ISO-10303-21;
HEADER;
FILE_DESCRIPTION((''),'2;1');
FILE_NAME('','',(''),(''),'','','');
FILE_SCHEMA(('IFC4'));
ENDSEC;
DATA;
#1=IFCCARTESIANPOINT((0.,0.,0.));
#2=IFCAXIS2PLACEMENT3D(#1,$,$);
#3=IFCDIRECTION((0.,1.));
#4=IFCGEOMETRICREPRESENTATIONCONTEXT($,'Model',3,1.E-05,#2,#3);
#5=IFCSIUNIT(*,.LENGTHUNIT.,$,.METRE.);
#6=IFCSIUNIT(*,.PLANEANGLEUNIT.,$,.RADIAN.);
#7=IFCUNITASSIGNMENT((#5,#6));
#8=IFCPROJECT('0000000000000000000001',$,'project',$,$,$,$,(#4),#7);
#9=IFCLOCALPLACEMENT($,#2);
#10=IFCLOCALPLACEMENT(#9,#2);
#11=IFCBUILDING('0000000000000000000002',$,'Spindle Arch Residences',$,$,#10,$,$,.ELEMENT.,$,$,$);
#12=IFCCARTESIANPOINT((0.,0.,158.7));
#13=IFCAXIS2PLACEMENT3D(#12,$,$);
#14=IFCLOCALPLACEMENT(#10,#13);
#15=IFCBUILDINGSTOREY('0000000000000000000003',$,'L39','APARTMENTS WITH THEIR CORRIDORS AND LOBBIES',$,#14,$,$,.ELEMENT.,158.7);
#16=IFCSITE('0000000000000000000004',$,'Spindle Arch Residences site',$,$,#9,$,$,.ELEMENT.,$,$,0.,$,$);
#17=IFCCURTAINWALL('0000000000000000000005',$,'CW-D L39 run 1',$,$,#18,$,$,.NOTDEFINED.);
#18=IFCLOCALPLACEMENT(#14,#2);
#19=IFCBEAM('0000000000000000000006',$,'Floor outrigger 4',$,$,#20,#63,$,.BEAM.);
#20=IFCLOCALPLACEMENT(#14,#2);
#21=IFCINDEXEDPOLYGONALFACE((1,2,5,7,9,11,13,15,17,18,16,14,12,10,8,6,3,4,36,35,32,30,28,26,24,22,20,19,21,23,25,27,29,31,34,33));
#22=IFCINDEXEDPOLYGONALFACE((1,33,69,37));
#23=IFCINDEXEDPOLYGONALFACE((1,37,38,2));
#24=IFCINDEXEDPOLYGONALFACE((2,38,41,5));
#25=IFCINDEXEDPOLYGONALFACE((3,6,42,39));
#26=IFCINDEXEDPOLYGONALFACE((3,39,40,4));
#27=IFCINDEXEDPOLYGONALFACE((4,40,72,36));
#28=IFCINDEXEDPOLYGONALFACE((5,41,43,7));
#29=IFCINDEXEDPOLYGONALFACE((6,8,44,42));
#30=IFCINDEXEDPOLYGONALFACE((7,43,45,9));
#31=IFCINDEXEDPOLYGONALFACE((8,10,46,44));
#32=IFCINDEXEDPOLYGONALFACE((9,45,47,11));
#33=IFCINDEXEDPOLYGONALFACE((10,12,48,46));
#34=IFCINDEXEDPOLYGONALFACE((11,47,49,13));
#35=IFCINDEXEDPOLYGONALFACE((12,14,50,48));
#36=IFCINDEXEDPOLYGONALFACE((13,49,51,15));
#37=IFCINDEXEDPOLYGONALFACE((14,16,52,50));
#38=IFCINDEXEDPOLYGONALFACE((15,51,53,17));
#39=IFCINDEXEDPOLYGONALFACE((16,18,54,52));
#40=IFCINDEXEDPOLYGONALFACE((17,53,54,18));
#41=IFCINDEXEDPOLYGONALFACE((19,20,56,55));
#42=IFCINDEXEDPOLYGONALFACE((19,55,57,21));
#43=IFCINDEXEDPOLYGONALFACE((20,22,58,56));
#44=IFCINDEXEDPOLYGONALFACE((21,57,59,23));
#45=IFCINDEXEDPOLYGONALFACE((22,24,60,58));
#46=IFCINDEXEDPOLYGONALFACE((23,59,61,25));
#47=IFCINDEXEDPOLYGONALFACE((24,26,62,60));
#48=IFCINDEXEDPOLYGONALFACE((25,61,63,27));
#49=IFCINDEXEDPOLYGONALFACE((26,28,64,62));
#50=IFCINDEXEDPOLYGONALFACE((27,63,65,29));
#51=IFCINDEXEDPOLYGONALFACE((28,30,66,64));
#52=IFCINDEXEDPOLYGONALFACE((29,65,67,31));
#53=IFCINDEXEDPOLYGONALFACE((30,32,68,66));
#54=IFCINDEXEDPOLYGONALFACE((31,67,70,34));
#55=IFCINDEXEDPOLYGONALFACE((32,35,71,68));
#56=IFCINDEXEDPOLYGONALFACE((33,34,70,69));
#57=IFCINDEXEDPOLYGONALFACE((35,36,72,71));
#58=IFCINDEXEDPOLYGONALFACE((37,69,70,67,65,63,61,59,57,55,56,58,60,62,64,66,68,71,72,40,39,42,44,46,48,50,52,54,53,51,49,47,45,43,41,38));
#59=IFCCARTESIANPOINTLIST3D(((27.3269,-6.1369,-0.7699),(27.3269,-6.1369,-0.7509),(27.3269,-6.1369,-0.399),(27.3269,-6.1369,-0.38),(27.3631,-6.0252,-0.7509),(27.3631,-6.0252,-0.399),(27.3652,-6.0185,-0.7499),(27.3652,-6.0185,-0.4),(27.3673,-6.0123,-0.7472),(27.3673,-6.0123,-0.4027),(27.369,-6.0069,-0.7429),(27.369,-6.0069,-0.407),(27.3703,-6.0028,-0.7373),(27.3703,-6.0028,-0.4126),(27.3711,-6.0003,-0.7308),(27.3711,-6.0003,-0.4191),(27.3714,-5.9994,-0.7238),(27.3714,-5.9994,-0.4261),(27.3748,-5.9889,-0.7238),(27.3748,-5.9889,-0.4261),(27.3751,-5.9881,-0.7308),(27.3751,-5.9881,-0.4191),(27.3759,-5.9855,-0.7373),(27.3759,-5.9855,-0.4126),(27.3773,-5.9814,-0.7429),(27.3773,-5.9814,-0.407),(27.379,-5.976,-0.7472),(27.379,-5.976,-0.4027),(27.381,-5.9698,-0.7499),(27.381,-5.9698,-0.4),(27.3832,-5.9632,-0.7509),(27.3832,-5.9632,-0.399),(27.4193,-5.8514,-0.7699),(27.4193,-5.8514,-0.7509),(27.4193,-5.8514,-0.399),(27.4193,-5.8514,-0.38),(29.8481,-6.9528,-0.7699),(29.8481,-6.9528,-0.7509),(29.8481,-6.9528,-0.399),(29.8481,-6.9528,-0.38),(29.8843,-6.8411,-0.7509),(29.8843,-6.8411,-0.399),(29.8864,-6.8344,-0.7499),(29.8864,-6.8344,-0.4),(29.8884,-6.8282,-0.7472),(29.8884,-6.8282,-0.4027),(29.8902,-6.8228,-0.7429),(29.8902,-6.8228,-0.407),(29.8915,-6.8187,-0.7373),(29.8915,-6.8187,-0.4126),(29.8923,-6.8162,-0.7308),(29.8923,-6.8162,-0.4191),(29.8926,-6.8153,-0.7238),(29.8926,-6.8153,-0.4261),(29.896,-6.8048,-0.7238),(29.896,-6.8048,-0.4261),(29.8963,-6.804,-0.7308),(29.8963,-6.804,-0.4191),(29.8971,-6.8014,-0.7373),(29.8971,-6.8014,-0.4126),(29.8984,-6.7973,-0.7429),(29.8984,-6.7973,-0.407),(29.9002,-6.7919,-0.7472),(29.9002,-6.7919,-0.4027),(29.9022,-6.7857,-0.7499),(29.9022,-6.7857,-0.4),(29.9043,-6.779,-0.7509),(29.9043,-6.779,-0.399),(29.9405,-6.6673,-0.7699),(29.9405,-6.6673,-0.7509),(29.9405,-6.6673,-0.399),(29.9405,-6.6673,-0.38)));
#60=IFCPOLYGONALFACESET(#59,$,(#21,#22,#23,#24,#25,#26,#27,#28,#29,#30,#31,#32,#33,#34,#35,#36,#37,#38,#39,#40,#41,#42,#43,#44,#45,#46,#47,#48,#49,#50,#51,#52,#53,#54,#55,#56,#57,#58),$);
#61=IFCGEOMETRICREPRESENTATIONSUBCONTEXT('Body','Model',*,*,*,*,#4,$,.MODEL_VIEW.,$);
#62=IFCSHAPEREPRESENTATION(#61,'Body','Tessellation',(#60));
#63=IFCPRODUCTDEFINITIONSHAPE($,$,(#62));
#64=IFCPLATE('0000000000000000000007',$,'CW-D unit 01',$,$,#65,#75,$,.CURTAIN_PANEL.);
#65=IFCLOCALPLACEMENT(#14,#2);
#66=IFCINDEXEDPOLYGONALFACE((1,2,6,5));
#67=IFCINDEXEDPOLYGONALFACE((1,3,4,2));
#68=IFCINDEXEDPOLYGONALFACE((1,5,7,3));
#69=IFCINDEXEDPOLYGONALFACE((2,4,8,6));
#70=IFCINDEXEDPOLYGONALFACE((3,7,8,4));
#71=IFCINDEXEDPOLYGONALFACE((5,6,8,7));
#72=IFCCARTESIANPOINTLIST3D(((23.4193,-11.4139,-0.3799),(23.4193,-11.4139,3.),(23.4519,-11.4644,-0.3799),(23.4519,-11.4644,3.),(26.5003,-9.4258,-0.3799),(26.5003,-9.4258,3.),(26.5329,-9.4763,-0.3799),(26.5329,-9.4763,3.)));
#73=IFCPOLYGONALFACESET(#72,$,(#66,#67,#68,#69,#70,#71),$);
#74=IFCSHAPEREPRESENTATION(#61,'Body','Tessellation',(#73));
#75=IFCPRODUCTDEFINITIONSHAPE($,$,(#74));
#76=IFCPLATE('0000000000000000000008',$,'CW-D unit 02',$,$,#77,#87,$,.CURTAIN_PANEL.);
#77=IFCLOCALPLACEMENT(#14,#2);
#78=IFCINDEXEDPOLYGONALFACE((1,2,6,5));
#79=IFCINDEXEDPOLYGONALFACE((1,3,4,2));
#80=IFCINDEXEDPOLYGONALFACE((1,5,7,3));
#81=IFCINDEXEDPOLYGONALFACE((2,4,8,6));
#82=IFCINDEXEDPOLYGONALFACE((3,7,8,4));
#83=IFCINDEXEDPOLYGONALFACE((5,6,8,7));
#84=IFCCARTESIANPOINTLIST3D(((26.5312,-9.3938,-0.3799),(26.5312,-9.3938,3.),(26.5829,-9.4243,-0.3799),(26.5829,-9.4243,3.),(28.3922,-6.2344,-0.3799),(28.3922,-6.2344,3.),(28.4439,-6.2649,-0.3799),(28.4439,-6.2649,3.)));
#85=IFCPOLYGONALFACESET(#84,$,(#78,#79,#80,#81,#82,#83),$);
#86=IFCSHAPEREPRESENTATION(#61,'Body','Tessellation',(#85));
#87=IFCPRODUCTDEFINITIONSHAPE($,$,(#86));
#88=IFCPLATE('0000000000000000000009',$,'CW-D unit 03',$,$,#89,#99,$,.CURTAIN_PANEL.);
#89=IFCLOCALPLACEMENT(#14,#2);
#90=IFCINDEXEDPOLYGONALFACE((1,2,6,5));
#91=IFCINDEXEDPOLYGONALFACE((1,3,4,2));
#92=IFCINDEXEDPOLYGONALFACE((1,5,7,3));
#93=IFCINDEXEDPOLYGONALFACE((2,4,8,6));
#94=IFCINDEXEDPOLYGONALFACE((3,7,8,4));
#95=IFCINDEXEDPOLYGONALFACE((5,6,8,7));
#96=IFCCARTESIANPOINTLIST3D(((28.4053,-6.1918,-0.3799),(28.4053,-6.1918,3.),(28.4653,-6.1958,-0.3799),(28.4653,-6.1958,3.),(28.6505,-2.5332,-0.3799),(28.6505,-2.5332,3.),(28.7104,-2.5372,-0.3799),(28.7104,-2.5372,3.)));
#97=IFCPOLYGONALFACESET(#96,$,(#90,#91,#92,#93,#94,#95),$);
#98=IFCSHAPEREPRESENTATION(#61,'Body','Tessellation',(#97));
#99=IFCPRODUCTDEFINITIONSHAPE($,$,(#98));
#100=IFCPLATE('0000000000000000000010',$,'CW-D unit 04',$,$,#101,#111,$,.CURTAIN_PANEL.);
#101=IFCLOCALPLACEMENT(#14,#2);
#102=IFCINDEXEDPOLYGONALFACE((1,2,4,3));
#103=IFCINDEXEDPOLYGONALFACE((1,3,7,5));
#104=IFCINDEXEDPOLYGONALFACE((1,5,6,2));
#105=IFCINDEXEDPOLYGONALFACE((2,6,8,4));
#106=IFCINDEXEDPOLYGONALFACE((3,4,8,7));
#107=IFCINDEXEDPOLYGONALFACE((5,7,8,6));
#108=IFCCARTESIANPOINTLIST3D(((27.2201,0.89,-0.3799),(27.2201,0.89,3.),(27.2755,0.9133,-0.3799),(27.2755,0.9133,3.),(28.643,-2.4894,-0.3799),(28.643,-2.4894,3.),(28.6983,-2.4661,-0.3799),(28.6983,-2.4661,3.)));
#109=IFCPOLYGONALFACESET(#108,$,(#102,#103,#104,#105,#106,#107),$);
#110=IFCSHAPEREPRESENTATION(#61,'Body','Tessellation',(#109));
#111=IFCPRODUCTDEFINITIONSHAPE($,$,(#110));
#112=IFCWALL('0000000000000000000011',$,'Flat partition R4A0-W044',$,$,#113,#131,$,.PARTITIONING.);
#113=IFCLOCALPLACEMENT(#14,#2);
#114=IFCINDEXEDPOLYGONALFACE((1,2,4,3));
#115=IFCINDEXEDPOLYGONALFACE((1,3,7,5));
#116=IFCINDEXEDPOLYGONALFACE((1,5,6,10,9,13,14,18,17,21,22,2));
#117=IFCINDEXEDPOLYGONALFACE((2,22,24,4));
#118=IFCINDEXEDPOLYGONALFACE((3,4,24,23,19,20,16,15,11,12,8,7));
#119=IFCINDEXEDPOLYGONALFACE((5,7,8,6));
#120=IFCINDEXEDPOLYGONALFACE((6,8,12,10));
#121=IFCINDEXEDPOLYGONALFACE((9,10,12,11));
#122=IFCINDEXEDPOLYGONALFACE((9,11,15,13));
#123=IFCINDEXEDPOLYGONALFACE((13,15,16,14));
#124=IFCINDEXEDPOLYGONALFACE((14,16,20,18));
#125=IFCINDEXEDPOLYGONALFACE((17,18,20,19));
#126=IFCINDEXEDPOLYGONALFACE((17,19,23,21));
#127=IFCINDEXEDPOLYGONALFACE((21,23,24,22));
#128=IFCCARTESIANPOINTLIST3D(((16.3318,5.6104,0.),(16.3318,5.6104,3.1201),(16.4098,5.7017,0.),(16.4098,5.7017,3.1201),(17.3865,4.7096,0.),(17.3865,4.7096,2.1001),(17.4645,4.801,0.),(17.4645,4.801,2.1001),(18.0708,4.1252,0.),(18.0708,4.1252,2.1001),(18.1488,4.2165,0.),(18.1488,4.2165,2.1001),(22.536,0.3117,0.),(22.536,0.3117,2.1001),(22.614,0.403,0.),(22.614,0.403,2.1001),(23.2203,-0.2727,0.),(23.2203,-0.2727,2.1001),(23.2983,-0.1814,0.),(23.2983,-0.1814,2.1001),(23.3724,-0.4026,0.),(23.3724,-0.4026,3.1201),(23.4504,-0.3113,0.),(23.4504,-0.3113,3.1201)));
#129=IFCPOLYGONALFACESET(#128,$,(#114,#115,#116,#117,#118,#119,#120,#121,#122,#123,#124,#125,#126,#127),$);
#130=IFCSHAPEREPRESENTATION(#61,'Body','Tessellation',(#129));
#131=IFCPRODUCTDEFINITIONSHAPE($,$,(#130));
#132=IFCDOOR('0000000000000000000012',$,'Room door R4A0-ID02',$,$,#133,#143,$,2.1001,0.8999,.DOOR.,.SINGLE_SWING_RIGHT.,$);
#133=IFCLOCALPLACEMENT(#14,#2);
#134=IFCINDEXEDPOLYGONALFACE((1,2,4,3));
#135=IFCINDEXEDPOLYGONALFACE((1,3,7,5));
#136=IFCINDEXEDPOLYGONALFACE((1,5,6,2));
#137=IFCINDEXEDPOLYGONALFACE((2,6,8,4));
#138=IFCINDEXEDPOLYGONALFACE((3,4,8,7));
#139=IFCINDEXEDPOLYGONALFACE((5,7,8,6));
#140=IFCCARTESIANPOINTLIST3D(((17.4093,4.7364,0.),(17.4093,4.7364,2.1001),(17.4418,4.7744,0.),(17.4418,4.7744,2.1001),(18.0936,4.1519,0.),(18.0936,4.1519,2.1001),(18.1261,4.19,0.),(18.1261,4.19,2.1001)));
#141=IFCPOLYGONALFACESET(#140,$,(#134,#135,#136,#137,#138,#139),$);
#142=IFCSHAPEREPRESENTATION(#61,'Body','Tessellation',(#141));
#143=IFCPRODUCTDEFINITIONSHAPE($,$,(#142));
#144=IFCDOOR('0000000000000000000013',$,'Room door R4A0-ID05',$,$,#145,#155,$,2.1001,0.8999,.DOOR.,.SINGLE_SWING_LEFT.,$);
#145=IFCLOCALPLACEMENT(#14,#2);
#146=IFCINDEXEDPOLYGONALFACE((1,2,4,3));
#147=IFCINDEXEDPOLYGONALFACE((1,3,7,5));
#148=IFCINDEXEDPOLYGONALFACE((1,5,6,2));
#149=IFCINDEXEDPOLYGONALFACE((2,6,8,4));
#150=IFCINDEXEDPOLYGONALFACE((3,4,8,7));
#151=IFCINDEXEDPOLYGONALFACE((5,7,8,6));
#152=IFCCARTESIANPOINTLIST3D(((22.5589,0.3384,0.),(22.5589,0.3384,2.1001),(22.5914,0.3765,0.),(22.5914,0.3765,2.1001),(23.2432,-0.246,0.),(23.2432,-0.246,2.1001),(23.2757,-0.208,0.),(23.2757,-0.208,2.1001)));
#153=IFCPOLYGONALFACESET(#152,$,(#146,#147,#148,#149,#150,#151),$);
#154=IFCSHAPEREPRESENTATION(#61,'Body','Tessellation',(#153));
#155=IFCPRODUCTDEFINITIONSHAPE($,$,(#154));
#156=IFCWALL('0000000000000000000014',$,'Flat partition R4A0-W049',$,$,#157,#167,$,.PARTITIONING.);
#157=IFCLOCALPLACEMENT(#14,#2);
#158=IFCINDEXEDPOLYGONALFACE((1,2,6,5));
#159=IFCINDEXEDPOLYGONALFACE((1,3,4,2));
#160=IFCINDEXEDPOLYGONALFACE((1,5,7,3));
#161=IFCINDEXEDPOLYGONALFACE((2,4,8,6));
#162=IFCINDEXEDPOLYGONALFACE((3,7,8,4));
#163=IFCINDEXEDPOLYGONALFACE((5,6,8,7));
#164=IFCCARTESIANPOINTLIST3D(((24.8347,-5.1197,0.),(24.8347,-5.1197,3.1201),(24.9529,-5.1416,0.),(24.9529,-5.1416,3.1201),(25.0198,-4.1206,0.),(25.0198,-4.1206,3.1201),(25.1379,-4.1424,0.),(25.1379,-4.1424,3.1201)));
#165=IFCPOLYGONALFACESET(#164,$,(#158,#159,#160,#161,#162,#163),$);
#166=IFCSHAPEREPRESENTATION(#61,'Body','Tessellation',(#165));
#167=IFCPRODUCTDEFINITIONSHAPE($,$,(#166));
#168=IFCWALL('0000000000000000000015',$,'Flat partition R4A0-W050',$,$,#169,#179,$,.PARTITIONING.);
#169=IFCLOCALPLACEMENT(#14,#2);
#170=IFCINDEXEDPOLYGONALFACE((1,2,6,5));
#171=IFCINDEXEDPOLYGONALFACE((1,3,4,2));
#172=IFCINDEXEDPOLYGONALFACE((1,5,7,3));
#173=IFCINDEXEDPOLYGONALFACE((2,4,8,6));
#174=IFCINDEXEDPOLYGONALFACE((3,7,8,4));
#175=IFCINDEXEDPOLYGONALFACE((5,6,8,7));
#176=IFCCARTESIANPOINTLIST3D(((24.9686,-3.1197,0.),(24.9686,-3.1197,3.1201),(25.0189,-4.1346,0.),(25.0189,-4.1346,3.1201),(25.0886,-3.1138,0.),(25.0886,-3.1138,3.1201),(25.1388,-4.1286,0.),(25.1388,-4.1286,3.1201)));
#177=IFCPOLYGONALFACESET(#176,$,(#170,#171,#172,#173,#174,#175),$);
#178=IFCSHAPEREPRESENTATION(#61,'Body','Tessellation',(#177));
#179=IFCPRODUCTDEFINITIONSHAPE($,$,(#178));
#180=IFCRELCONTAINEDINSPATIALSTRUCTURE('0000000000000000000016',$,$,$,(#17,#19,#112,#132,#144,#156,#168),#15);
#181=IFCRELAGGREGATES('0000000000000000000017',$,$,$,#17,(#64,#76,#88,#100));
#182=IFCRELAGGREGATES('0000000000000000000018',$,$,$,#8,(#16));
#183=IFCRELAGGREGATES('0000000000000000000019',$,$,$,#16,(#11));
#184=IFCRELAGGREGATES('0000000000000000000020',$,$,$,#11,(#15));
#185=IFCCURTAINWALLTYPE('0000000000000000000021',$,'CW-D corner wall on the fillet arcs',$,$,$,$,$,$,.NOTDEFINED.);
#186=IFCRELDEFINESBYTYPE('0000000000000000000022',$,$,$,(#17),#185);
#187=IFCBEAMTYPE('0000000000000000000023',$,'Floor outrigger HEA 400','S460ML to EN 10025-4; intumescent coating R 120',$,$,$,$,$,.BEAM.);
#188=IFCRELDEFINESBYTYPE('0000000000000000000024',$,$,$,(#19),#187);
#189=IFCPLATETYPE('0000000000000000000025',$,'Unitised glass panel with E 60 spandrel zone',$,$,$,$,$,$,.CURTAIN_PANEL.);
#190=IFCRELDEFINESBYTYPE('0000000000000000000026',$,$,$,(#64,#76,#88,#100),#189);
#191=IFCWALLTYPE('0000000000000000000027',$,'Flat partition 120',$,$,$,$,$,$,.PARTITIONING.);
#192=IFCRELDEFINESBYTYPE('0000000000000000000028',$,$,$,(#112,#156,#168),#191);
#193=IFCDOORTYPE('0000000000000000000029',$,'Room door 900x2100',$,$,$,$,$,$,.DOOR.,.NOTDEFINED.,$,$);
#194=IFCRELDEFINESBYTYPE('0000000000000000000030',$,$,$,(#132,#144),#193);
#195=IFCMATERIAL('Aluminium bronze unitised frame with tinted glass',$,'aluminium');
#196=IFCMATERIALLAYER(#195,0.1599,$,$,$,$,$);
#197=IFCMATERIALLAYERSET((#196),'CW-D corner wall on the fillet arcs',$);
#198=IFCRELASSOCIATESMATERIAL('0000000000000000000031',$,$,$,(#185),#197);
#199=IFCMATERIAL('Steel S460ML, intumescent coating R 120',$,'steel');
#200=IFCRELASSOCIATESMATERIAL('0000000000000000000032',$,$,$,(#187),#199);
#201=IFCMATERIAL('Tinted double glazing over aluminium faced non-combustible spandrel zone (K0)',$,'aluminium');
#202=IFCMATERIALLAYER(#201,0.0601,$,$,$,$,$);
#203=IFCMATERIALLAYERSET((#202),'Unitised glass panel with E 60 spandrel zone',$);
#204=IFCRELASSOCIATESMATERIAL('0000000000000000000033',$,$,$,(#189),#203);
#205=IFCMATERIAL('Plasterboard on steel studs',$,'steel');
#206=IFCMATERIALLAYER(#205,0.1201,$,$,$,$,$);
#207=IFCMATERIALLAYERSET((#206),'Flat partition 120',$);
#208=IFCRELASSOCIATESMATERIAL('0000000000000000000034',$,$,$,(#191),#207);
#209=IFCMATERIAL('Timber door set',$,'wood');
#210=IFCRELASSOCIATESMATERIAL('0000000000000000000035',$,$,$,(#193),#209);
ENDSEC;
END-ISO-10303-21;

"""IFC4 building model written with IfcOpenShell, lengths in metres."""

from ifc_helpers import new_model, si_unit, direction, frame, frame_2d, origin, origin_2d, place, context, subcontext, project, spatial, rectangle, i_section, extrude, material, layer, layer_set, material_profile, profile_set, type_object, element, fill, aggregate, save


model = new_model("IFC4")

# Units and contexts
model_context = context("Model", 3, precision=1e-05, world=origin(), true_north=direction((0.0, 1.0)))
body_context = subcontext(model_context, "Body", "Model", "MODEL_VIEW")
ifc_project = project(units=[si_unit("LENGTHUNIT", "METRE"), si_unit("PLANEANGLEUNIT", "RADIAN")], contexts=[model_context])

# Site, building, storey
site_placement = place(None, origin())
site = spatial("IfcSite", under=ifc_project, at=site_placement, Name="Spindle Arch Residences site", CompositionType="ELEMENT", RefElevation=0.0)
building_placement = place(site_placement, origin())
building = spatial("IfcBuilding", under=site, at=building_placement, Name="Spindle Arch Residences", CompositionType="ELEMENT")
storey_placement = place(building_placement, frame((0.0, 0.0, 158.7)))
storey = spatial("IfcBuildingStorey", under=building, at=storey_placement, Name="L39", Description="APARTMENTS WITH THEIR CORRIDORS AND LOBBIES", CompositionType="ELEMENT", Elevation=158.7)

# Curtain wall
ifc_material_1 = material(Name="Aluminium bronze unitised frame with tinted glass", Category="aluminium")
ifc_layer_1 = layer(ifc_material_1, 0.1599)
ifc_layer_set_1 = layer_set([ifc_layer_1], Name="CW-D corner wall on the fillet arcs")
curtain_wall_type = type_object("IfcCurtainWallType", Name="CW-D corner wall on the fillet arcs", PredefinedType="NOTDEFINED", material=ifc_layer_set_1)
curtain_wall_placement = place(storey_placement, origin())
curtain_wall = element("IfcCurtainWall", 1, at=curtain_wall_placement, inside=storey, type_object=curtain_wall_type, Name="CW-D L39 run 1", PredefinedType="NOTDEFINED")

# Beam
ifc_material_2 = material(Name="Steel S460ML, intumescent coating R 120", Category="steel")
ifc_material_profile_1 = material_profile(ifc_material_2, i_section(OverallWidth=0.3, OverallDepth=0.3899, WebThickness=0.011, FlangeThickness=0.019, FilletRadius=0.0271, at=origin_2d()), Name="HEA 400")
ifc_profile_set_1 = profile_set([ifc_material_profile_1], Name="Steel S460ML, intumescent coating R 120")
beam_type_1 = type_object("IfcBeamType", Name="Floor outrigger HEA 400", Description="S460ML to EN 10025-4; intumescent coating R 120", PredefinedType="BEAM", material=ifc_profile_set_1)
beam_1_placement = place(storey_placement, frame((29.8943, -6.8101, -0.575), z_axis=(-0.95142, 0.307896, 0.0), x_axis=(-0.307896, -0.95142, 0.0)))
element("IfcBeam", 2, at=beam_1_placement, inside=storey, type_object=beam_type_1, Name="Floor outrigger 4", PredefinedType="BEAM", context=body_context, shape_type="SweptSolid", body=[
    extrude(i_section(OverallWidth=0.3, OverallDepth=0.3899, WebThickness=0.011, FlangeThickness=0.019, FilletRadius=0.0271, at=origin_2d()), origin(), (0.0, 0.0, 1.0), 2.6499),
])

# Plates
ifc_material_3 = material(Name="Tinted double glazing over aluminium faced non-combustible spandrel zone (K0)", Category="aluminium")
ifc_layer_2 = layer(ifc_material_3, 0.0601)
ifc_layer_set_2 = layer_set([ifc_layer_2], Name="Unitised glass panel with E 60 spandrel zone")
plate_type = type_object("IfcPlateType", Name="Unitised glass panel with E 60 spandrel zone", PredefinedType="CURTAIN_PANEL", material=ifc_layer_set_2)
plate_1_placement = place(storey_placement, frame((24.9761, -10.4451, -0.3799), z_axis=(0.0, 0.0, 1.0), x_axis=(0.840251, 0.542197, 0.0)))
plate_1 = element("IfcPlate", 3, at=plate_1_placement, type_object=plate_type, Name="CW-D unit 01", PredefinedType="CURTAIN_PANEL", context=body_context, shape_type="SweptSolid", body=[
    extrude(rectangle(XDim=3.6667, YDim=0.0601, at=origin_2d()), origin(), (0.0, 0.0, 1.0), 3.3799),
])
plate_2_placement = place(storey_placement, frame((27.4875, -7.8293, -0.3799), z_axis=(0.0, 0.0, 1.0), x_axis=(0.507538, 0.861629, 0.0)))
plate_2 = element("IfcPlate", 4, at=plate_2_placement, type_object=plate_type, Name="CW-D unit 02", PredefinedType="CURTAIN_PANEL", context=body_context, shape_type="SweptSolid", body=[
    extrude(rectangle(XDim=3.6667, YDim=0.0601, at=origin_2d()), origin(), (0.0, 0.0, 1.0), 3.3799),
])
plate_3_placement = place(storey_placement, frame((28.5579, -4.3645, -0.3799), z_axis=(0.0, 0.0, 1.0), x_axis=(0.066854, 0.997763, 0.0)))
plate_3 = element("IfcPlate", 5, at=plate_3_placement, type_object=plate_type, Name="CW-D unit 03", PredefinedType="CURTAIN_PANEL", context=body_context, shape_type="SweptSolid", body=[
    extrude(rectangle(XDim=3.6667, YDim=0.0601, at=origin_2d()), origin(), (0.0, 0.0, 1.0), 3.3799),
])
plate_4_placement = place(storey_placement, frame((27.9592, -0.7881, -0.3799), z_axis=(0.0, 0.0, 1.0), x_axis=(-0.388052, 0.921638, 0.0)))
plate_4 = element("IfcPlate", 6, at=plate_4_placement, type_object=plate_type, Name="CW-D unit 04", PredefinedType="CURTAIN_PANEL", context=body_context, shape_type="SweptSolid", body=[
    extrude(rectangle(XDim=3.6667, YDim=0.0601, at=origin_2d()), origin(), (0.0, 0.0, 1.0), 3.3799),
])
aggregate(curtain_wall, [plate_1, plate_2, plate_3, plate_4])

# Wall, openings, doors
ifc_material_4 = material(Name="Plasterboard on steel studs", Category="steel")
ifc_layer_3 = layer(ifc_material_4, 0.1201)
ifc_layer_set_3 = layer_set([ifc_layer_3], Name="Flat partition 120")
wall_type_1 = type_object("IfcWallType", Name="Flat partition 120", PredefinedType="PARTITIONING", material=ifc_layer_set_3)
wall_1_placement = place(storey_placement, frame((23.4114, -0.3569, 0.0), z_axis=(0.0, 0.0, 1.0), x_axis=(-0.760419, 0.649433, 0.0)))
wall_1 = element("IfcWall", 7, at=wall_1_placement, inside=storey, type_object=wall_type_1, Name="Flat partition R4A0-W044", PredefinedType="PARTITIONING", context=body_context, shape_type="SweptSolid", body=[
    extrude(rectangle(XDim=9.2588, YDim=0.1201, at=frame_2d((4.6294, 0.0))), origin(), (0.0, 0.0, 1.0), 3.1201),
])
opening_1_placement = place(wall_1_placement, frame((6.9719, 0.0, 0.0)))
opening_1 = element("IfcOpeningElement", 8, at=opening_1_placement, cuts=wall_1, PredefinedType="OPENING", context=body_context, shape_type="SweptSolid", body=[
    extrude(rectangle(XDim=0.8999, YDim=2.1001, at=frame_2d((0.45, 1.05))), frame((0.0, 0.0701, 0.0), z_axis=(0.0, -1.0, 0.0), x_axis=(1.0, 0.0, 0.0)), (0.0, 0.0, 1.0), 0.1401),
])
opening_2_placement = place(wall_1_placement, frame((0.2, 0.0, 0.0)))
opening_2 = element("IfcOpeningElement", 9, at=opening_2_placement, cuts=wall_1, PredefinedType="OPENING", context=body_context, shape_type="SweptSolid", body=[
    extrude(rectangle(XDim=0.8999, YDim=2.1001, at=frame_2d((0.45, 1.05))), frame((0.0, 0.0701, 0.0), z_axis=(0.0, -1.0, 0.0), x_axis=(1.0, 0.0, 0.0)), (0.0, 0.0, 1.0), 0.1401),
])
ifc_material_5 = material(Name="Timber door set", Category="wood")
door_type = type_object("IfcDoorType", Name="Room door 900x2100", OperationType="NOTDEFINED", PredefinedType="DOOR", material=ifc_material_5)
door_1_placement = place(opening_1_placement, origin())
door_1 = element("IfcDoor", 10, at=door_1_placement, inside=storey, type_object=door_type, Name="Room door R4A0-ID02", OperationType="SINGLE_SWING_RIGHT", OverallHeight=2.1001, OverallWidth=0.8999, PredefinedType="DOOR", context=body_context, shape_type="SweptSolid", body=[
    extrude(rectangle(XDim=0.8999, YDim=2.1001, at=frame_2d((0.45, 1.05))), frame((0.0, 0.0249, 0.0), z_axis=(0.0, -1.0, 0.0), x_axis=(1.0, 0.0, 0.0)), (0.0, 0.0, 1.0), 0.05),
])
fill(opening_1, door_1)
door_2_placement = place(opening_2_placement, origin())
door_2 = element("IfcDoor", 11, at=door_2_placement, inside=storey, type_object=door_type, Name="Room door R4A0-ID05", OperationType="SINGLE_SWING_LEFT", OverallHeight=2.1001, OverallWidth=0.8999, PredefinedType="DOOR", context=body_context, shape_type="SweptSolid", body=[
    extrude(rectangle(XDim=0.8999, YDim=2.1001, at=frame_2d((0.45, 1.05))), frame((0.0, 0.0249, 0.0), z_axis=(0.0, -1.0, 0.0), x_axis=(1.0, 0.0, 0.0)), (0.0, 0.0, 1.0), 0.05),
])
fill(opening_2, door_2)

# Walls
for number, where, z_axis, x_axis, name in (
    (12, (24.8938, -5.1306, 0.0), (0.0, 0.0, 1.0), (0.182141, 0.983272, 0.0), "Flat partition R4A0-W049"),
    (13, (25.0789, -4.1316, 0.0), (0.0, 0.0, 1.0), (-0.049494, 0.998774, 0.0), "Flat partition R4A0-W050"),
):
    element("IfcWall", number, at=place(storey_placement, frame(where, z_axis=z_axis, x_axis=x_axis)), inside=storey, type_object=wall_type_1, Name=name, PredefinedType="PARTITIONING", context=body_context, shape_type="SweptSolid", body=[
        extrude(rectangle(XDim=1.0161, YDim=0.1201, at=frame_2d((0.5081, 0.0))), origin(), (0.0, 0.0, 1.0), 3.1201),
    ])

save(model, "model.ifc")
